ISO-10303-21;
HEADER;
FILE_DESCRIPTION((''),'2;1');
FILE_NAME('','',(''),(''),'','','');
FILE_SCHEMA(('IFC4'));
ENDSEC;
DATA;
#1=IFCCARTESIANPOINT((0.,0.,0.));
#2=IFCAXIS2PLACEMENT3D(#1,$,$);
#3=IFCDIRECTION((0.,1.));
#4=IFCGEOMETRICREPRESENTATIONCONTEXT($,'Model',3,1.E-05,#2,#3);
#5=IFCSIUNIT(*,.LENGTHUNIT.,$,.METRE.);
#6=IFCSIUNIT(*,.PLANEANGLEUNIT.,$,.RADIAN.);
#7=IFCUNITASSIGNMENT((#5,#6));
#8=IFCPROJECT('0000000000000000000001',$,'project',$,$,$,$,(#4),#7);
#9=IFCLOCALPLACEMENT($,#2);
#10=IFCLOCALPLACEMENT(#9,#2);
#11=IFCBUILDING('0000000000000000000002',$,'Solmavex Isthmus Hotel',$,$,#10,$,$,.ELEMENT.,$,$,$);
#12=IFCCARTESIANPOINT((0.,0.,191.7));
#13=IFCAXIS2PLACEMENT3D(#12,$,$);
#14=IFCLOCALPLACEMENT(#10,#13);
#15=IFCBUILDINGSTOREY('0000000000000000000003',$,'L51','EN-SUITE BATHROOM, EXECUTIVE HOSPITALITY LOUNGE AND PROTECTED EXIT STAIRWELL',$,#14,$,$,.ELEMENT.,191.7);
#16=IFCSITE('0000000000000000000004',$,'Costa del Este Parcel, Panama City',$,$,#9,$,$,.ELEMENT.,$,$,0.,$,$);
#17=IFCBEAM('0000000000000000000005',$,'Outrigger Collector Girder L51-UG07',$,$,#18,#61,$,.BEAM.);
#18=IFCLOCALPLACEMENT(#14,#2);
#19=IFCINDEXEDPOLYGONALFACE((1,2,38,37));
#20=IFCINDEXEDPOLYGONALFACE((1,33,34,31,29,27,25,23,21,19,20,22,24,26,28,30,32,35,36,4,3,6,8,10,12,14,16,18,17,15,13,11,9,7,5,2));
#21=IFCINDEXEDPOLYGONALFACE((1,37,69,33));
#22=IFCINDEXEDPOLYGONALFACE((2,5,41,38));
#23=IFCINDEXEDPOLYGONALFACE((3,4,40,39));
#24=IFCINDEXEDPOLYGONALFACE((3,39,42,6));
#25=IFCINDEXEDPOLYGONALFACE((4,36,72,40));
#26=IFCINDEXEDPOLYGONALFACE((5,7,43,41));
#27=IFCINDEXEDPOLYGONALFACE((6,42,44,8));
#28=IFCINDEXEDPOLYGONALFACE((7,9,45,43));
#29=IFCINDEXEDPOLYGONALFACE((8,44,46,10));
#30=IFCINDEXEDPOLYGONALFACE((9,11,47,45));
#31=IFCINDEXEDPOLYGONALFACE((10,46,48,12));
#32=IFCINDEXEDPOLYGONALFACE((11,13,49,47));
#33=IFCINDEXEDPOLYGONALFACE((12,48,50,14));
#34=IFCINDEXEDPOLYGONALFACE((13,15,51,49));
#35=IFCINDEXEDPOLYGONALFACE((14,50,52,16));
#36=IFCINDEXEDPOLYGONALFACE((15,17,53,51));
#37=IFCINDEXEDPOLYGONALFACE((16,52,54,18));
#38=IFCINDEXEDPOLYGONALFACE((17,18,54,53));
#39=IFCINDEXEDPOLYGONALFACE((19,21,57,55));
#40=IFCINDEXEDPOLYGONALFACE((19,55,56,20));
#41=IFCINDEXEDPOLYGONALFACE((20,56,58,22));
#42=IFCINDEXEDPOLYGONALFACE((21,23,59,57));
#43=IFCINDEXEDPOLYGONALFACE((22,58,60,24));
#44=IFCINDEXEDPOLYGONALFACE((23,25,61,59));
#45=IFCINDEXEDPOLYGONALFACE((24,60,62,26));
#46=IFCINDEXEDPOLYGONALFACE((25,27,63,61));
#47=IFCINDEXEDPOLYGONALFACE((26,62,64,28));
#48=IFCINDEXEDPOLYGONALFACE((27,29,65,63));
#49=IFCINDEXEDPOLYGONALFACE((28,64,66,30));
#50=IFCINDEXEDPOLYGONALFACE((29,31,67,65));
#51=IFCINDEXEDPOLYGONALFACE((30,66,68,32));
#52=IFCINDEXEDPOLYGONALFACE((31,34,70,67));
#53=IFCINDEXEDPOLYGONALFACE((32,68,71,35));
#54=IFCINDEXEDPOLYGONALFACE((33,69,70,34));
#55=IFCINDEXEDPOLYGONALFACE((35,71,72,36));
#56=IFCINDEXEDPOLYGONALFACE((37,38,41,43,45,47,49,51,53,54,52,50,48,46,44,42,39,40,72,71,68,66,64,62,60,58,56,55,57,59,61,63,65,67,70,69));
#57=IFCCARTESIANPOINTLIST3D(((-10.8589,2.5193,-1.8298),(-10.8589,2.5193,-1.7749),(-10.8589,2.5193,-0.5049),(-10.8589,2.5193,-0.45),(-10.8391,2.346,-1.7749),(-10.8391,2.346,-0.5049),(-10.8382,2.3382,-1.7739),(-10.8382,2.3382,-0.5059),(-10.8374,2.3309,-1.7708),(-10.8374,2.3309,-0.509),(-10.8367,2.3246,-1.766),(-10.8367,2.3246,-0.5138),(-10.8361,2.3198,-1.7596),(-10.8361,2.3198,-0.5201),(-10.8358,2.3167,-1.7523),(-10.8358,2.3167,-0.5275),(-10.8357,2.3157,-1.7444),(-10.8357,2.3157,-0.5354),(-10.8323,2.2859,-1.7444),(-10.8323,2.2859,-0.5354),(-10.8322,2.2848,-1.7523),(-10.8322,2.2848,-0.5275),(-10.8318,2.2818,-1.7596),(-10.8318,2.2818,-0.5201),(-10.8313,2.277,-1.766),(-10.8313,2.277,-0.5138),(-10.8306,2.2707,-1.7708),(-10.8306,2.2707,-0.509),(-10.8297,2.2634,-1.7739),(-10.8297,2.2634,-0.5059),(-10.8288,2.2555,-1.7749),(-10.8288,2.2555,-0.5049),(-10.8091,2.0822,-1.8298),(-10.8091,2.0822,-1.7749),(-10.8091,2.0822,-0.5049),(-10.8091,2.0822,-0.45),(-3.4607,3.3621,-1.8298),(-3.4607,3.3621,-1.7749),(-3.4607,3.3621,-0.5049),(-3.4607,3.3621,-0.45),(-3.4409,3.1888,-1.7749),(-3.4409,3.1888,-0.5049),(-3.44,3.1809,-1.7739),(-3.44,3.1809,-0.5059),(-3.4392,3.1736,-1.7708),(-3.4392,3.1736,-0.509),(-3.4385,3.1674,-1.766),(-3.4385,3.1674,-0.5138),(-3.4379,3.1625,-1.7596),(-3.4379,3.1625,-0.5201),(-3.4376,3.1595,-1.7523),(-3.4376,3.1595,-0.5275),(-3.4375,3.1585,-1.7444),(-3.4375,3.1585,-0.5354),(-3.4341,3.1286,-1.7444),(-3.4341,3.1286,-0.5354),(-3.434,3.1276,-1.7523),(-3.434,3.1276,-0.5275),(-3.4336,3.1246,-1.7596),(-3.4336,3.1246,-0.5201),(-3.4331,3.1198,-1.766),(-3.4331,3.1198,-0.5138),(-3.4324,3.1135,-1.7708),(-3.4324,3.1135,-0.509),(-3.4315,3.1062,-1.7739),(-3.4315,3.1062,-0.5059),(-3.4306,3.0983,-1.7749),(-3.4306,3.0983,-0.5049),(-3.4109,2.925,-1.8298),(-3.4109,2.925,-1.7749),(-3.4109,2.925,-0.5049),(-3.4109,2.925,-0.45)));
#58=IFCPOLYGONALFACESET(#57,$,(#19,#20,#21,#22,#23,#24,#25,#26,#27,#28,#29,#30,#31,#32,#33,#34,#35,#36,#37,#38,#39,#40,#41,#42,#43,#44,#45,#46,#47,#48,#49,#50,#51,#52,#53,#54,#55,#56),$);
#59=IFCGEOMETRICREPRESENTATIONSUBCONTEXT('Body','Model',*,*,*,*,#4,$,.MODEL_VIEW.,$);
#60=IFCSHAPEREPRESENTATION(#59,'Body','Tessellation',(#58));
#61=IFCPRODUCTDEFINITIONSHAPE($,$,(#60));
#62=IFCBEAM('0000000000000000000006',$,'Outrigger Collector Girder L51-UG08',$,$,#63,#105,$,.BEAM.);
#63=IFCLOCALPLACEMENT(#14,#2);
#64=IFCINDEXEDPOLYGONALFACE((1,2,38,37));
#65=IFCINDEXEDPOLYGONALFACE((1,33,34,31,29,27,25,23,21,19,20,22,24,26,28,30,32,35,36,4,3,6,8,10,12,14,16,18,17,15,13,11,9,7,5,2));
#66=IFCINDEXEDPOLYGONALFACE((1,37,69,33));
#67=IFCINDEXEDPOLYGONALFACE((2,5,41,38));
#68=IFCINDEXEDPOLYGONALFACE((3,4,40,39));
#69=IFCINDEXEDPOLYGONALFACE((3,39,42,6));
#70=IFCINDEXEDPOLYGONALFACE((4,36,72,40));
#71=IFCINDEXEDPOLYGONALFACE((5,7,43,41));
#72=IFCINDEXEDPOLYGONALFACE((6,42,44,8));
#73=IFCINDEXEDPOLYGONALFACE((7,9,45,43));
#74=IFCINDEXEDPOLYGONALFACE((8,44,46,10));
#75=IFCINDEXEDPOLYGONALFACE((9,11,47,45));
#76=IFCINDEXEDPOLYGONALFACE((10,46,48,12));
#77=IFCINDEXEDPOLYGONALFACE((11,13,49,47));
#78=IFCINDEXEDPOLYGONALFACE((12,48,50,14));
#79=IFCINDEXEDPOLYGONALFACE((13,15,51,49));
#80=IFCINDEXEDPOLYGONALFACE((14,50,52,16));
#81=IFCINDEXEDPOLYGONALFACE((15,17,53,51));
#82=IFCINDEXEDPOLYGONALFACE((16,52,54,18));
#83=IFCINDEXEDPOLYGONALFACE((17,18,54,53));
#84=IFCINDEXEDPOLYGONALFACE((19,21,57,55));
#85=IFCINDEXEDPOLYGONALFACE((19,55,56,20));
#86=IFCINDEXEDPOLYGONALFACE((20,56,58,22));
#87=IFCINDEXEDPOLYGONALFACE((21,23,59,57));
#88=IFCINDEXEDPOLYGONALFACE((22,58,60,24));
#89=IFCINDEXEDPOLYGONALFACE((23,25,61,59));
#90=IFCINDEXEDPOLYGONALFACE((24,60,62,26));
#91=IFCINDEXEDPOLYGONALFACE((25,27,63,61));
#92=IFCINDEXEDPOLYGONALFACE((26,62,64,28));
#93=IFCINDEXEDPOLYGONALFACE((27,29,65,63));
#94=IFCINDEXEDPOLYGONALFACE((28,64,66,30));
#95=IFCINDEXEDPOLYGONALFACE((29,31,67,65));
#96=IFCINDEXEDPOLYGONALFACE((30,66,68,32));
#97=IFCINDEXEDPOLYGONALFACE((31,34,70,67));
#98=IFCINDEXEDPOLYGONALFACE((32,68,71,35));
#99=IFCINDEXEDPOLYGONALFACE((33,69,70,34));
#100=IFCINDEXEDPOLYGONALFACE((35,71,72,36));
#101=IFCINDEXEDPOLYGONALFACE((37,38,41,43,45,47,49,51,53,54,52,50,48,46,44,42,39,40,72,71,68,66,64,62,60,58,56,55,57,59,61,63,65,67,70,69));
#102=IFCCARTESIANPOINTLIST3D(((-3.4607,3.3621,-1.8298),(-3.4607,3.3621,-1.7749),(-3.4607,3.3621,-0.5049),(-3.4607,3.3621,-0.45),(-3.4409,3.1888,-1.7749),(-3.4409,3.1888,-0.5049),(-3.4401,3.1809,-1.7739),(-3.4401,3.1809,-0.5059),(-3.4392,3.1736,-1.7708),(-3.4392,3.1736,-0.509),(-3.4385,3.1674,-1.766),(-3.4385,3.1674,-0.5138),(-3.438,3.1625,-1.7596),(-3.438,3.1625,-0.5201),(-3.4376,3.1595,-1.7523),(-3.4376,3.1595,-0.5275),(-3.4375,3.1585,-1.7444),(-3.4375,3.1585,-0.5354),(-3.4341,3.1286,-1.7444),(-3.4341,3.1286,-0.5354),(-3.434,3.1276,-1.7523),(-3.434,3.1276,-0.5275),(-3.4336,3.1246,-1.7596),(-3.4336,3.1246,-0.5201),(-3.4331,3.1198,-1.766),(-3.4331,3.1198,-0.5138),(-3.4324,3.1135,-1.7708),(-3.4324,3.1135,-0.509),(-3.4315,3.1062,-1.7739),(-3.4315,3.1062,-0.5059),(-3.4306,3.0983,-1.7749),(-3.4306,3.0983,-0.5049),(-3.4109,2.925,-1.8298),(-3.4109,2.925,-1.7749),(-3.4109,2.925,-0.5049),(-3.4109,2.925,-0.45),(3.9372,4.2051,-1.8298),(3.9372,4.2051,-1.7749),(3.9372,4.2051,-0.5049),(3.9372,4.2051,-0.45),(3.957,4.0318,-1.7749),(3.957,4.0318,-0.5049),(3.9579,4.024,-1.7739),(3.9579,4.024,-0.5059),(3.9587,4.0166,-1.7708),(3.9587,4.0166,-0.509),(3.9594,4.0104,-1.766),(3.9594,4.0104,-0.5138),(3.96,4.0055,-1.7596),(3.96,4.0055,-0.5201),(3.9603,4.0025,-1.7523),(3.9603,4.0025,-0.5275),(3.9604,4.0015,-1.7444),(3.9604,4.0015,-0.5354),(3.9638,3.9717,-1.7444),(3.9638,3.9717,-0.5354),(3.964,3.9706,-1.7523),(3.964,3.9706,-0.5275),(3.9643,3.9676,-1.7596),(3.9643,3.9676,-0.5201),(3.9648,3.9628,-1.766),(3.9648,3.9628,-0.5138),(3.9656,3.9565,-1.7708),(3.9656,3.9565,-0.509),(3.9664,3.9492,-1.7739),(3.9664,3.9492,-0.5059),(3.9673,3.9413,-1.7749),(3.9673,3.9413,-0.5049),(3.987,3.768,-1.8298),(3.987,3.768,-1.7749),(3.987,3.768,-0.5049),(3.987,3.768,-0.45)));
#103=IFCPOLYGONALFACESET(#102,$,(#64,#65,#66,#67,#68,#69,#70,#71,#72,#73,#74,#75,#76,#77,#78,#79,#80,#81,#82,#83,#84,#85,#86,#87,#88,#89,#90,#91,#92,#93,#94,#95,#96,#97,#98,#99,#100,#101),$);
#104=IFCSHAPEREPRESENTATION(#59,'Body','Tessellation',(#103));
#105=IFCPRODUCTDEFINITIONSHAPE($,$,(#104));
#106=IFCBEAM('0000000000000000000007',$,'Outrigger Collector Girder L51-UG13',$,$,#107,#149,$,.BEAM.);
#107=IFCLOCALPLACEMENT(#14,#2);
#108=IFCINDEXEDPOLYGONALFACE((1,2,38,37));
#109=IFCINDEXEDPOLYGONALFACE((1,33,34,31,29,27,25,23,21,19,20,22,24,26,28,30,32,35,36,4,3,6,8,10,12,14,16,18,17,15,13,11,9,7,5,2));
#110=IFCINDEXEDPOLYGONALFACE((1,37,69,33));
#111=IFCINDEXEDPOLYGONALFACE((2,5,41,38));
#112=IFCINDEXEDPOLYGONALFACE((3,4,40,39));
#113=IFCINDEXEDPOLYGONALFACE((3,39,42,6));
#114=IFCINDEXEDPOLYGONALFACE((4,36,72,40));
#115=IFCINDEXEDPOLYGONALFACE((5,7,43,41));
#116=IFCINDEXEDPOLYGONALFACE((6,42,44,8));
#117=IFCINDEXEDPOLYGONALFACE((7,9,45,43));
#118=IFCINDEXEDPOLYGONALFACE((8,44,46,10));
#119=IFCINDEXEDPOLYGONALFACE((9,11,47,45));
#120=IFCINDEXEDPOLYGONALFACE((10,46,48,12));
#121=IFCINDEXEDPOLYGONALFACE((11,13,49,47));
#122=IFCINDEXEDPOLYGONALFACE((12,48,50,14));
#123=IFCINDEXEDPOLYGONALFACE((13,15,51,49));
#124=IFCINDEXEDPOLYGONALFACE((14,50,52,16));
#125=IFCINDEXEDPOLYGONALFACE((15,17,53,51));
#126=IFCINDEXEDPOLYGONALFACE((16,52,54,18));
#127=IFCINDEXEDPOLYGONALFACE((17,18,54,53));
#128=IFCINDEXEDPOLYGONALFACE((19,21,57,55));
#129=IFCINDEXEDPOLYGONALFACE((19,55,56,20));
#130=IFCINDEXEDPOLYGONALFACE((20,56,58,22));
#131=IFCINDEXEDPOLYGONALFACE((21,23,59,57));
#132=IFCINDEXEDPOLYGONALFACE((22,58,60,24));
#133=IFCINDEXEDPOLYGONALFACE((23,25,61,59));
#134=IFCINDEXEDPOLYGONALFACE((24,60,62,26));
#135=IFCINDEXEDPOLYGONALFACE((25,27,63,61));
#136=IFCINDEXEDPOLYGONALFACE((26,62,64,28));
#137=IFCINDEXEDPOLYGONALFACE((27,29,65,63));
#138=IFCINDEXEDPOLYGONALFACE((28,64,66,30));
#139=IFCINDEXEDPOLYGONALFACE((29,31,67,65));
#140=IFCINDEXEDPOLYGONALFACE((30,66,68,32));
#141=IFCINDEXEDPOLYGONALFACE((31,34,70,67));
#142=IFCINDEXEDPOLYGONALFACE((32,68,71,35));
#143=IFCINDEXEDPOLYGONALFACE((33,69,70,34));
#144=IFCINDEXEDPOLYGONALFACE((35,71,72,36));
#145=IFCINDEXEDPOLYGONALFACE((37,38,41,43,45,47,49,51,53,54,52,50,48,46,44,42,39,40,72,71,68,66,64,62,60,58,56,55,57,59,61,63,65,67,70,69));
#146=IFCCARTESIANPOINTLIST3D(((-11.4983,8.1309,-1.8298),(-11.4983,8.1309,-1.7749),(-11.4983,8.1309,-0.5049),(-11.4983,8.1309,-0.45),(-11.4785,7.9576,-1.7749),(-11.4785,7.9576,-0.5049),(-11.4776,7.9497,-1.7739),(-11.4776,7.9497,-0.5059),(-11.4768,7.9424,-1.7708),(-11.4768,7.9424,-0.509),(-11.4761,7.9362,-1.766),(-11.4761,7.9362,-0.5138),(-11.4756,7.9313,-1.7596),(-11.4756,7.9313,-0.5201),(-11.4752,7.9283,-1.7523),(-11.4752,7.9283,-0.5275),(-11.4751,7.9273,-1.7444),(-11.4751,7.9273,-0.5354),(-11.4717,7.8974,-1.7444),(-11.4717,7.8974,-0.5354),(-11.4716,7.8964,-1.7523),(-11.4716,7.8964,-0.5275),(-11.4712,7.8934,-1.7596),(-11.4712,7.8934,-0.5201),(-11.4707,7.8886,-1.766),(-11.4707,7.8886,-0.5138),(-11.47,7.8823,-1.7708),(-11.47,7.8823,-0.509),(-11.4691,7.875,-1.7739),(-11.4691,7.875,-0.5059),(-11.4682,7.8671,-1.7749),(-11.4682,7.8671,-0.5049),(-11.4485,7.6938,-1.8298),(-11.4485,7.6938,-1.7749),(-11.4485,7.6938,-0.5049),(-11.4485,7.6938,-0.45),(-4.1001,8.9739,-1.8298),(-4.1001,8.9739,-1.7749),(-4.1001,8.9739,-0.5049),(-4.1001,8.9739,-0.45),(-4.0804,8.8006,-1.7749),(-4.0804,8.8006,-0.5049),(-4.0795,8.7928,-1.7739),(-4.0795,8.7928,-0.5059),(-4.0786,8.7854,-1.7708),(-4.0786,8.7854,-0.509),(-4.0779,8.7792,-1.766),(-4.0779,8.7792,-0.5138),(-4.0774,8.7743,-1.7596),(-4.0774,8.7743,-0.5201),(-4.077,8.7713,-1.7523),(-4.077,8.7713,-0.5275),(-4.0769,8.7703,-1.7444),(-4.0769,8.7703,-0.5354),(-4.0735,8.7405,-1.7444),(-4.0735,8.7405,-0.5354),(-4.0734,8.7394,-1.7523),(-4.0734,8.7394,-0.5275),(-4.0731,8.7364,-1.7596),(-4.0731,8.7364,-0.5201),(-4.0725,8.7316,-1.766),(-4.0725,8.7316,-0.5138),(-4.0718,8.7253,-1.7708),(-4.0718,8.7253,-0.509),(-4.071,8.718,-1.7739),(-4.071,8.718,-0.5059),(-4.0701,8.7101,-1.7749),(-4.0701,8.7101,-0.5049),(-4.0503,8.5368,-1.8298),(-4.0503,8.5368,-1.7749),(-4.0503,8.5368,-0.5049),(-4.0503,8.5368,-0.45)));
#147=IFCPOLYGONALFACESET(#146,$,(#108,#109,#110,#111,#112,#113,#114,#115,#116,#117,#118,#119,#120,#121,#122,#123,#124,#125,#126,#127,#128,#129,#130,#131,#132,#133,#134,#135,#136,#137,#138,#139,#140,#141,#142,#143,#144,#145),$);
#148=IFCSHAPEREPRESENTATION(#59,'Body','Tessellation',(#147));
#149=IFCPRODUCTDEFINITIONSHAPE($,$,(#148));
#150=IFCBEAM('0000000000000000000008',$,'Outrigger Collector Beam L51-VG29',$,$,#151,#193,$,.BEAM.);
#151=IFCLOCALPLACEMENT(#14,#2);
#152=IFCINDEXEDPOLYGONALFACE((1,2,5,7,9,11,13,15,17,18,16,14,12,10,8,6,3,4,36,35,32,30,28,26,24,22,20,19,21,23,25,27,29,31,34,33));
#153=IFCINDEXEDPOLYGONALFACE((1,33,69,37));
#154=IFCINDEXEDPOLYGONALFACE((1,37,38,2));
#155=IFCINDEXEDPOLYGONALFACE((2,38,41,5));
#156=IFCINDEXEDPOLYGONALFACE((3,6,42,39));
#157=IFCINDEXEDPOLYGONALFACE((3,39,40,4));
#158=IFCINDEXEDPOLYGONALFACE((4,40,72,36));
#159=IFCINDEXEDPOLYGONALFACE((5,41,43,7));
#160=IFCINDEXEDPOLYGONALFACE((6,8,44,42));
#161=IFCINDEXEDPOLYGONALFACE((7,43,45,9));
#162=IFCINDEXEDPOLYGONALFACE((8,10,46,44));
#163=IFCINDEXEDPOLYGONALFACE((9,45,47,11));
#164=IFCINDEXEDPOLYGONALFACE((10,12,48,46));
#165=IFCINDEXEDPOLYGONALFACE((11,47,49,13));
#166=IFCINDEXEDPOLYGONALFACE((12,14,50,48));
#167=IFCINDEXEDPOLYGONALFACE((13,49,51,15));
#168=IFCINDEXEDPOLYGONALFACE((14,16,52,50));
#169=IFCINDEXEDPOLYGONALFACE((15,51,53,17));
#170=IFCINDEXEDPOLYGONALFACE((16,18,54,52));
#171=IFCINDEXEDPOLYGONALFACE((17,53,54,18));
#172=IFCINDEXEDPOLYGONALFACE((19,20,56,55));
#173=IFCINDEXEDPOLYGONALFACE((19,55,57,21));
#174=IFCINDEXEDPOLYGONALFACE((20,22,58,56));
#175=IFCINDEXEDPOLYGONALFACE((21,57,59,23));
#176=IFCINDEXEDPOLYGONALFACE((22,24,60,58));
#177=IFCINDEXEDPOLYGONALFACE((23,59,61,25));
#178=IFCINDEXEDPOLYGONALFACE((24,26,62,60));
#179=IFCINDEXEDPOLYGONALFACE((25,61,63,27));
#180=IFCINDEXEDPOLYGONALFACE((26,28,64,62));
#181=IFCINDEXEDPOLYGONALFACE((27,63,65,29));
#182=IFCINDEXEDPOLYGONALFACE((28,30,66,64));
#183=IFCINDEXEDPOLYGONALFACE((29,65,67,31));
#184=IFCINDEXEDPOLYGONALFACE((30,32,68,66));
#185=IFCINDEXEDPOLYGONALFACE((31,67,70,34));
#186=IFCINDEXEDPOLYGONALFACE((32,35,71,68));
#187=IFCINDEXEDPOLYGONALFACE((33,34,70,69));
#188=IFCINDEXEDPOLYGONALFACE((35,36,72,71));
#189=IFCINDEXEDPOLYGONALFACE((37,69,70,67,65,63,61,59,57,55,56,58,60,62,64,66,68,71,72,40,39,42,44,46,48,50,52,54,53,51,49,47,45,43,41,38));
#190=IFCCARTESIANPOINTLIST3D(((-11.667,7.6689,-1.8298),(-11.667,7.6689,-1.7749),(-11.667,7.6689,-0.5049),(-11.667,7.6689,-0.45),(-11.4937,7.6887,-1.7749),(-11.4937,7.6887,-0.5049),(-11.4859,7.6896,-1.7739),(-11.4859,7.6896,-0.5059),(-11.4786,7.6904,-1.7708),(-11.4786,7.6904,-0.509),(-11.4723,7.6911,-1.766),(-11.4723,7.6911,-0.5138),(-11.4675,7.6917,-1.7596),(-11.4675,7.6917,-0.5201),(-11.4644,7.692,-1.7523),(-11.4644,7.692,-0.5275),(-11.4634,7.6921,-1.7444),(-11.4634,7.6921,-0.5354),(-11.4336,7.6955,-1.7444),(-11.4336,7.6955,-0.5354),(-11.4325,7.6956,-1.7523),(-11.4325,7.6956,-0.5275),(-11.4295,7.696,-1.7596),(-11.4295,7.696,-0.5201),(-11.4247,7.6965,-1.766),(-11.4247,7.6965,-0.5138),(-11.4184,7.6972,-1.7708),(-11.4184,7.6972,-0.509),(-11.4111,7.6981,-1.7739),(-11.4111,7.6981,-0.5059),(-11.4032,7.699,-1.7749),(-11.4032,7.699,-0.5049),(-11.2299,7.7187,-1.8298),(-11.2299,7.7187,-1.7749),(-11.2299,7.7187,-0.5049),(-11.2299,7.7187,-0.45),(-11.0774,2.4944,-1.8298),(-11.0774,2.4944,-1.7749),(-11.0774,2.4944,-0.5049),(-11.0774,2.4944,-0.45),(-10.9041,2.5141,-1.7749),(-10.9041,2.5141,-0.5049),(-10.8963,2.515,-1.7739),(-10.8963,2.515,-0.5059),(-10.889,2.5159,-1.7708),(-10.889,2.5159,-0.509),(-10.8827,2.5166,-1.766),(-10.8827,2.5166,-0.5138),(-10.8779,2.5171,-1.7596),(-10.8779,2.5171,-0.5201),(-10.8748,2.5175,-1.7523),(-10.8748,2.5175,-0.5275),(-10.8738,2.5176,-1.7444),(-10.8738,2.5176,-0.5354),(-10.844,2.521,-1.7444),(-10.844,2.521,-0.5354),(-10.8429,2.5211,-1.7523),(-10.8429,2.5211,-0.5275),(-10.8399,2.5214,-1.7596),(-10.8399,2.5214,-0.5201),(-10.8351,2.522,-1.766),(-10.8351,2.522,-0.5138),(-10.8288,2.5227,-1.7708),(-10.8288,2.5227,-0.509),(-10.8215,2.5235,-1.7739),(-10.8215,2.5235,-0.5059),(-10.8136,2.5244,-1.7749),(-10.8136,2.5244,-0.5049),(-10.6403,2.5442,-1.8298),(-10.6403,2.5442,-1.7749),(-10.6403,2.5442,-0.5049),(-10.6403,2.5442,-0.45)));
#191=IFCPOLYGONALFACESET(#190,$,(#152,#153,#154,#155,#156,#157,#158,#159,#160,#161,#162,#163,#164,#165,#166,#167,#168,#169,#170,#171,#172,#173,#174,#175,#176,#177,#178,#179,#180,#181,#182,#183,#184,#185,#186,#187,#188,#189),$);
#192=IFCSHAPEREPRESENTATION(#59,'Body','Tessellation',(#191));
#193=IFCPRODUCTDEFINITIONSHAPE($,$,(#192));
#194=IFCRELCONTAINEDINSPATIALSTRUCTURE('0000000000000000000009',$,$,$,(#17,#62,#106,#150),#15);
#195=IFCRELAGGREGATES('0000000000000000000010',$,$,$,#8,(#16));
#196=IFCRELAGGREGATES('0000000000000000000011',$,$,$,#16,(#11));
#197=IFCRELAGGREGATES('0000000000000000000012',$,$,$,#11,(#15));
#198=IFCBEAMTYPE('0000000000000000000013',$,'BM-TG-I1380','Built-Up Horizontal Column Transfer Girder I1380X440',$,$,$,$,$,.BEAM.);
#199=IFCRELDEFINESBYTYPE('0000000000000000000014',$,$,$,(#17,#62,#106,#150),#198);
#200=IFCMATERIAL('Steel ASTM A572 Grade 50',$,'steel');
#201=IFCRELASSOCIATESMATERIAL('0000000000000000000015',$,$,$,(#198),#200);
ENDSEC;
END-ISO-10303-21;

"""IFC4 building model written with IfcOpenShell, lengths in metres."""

from ifc_helpers import new_model, si_unit, direction, frame, origin, origin_2d, place, context, subcontext, project, spatial, i_section, extrude, material, material_profile, profile_set, type_object, element, save


model = new_model("IFC4")

# Units and contexts
model_context = context("Model", 3, precision=1e-05, world=origin(), true_north=direction((0.0, 1.0)))
body_context = subcontext(model_context, "Body", "Model", "MODEL_VIEW")
ifc_project = project(units=[si_unit("LENGTHUNIT", "METRE"), si_unit("PLANEANGLEUNIT", "RADIAN")], contexts=[model_context])

# Site, building, storey
site_placement = place(None, origin())
site = spatial("IfcSite", under=ifc_project, at=site_placement, Name="Costa del Este Parcel, Panama City", CompositionType="ELEMENT", RefElevation=0.0)
building_placement = place(site_placement, origin())
building = spatial("IfcBuilding", under=site, at=building_placement, Name="Solmavex Isthmus Hotel", CompositionType="ELEMENT")
storey_placement = place(building_placement, frame((0.0, 0.0, 191.7)))
storey = spatial("IfcBuildingStorey", under=building, at=storey_placement, Name="L51", Description="EN-SUITE BATHROOM, EXECUTIVE HOSPITALITY LOUNGE AND PROTECTED EXIT STAIRWELL", CompositionType="ELEMENT", Elevation=191.7)

# Beams
ifc_material_1 = material(Name="Steel ASTM A572 Grade 50", Category="steel")
ifc_material_profile_1 = material_profile(ifc_material_1, i_section(OverallWidth=0.4399, OverallDepth=1.3799, WebThickness=0.03, FlangeThickness=0.0549, FilletRadius=0.0305, at=origin_2d()), Name="I1380X440")
ifc_profile_set_1 = profile_set([ifc_material_profile_1], Name="Steel ASTM A572 Grade 50")
beam_type_1 = type_object("IfcBeamType", Name="BM-TG-I1380", Description="Built-Up Horizontal Column Transfer Girder I1380X440", PredefinedType="BEAM", material=ifc_profile_set_1)
beam_1_placement = place(storey_placement, frame((-10.834, 2.3008, -1.1399), z_axis=(0.993574, 0.113184, 0.0), x_axis=(-0.113184, 0.993574, 0.0)))
element("IfcBeam", 1, at=beam_1_placement, inside=storey, type_object=beam_type_1, Name="Outrigger Collector Girder L51-UG07", PredefinedType="BEAM", context=body_context, shape_type="SweptSolid", body=[
    extrude(i_section(OverallWidth=0.4399, OverallDepth=1.3799, WebThickness=0.03, FlangeThickness=0.0549, FilletRadius=0.0305, at=origin_2d()), origin(), (0.0, 0.0, 1.0), 7.446),
])
beam_2_placement = place(storey_placement, frame((-3.4358, 3.1436, -1.1399), z_axis=(0.99357, 0.11322, 0.0), x_axis=(-0.11322, 0.99357, 0.0)))
element("IfcBeam", 2, at=beam_2_placement, inside=storey, type_object=beam_type_1, Name="Outrigger Collector Girder L51-UG08", PredefinedType="BEAM", context=body_context, shape_type="SweptSolid", body=[
    extrude(i_section(OverallWidth=0.4399, OverallDepth=1.3799, WebThickness=0.03, FlangeThickness=0.0549, FilletRadius=0.0305, at=origin_2d()), origin(), (0.0, 0.0, 1.0), 7.4458),
])
beam_3_placement = place(storey_placement, frame((-11.4734, 7.9124, -1.1399), z_axis=(0.99357, 0.113216, 0.0), x_axis=(-0.113216, 0.99357, 0.0)))
element("IfcBeam", 3, at=beam_3_placement, inside=storey, type_object=beam_type_1, Name="Outrigger Collector Girder L51-UG13", PredefinedType="BEAM", context=body_context, shape_type="SweptSolid", body=[
    extrude(i_section(OverallWidth=0.4399, OverallDepth=1.3799, WebThickness=0.03, FlangeThickness=0.0549, FilletRadius=0.0305, at=origin_2d()), origin(), (0.0, 0.0, 1.0), 7.446),
])
for number, where, z_axis, x_axis, name in (
    (4, (-10.8589, 2.5193, -1.1399), (-0.113209, 0.993571, 0.0), (-0.993571, -0.113209, 0.0), "Outrigger Collector Beam L51-VG29"),
):
    element("IfcBeam", number, at=place(storey_placement, frame(where, z_axis=z_axis, x_axis=x_axis)), inside=storey, type_object=beam_type_1, Name=name, PredefinedType="BEAM", context=body_context, shape_type="SweptSolid", body=[
        extrude(i_section(OverallWidth=0.4399, OverallDepth=1.3799, WebThickness=0.03, FlangeThickness=0.0549, FilletRadius=0.0305, at=origin_2d()), origin(), (0.0, 0.0, 1.0), 5.208),
    ])

save(model, "model.ifc")
